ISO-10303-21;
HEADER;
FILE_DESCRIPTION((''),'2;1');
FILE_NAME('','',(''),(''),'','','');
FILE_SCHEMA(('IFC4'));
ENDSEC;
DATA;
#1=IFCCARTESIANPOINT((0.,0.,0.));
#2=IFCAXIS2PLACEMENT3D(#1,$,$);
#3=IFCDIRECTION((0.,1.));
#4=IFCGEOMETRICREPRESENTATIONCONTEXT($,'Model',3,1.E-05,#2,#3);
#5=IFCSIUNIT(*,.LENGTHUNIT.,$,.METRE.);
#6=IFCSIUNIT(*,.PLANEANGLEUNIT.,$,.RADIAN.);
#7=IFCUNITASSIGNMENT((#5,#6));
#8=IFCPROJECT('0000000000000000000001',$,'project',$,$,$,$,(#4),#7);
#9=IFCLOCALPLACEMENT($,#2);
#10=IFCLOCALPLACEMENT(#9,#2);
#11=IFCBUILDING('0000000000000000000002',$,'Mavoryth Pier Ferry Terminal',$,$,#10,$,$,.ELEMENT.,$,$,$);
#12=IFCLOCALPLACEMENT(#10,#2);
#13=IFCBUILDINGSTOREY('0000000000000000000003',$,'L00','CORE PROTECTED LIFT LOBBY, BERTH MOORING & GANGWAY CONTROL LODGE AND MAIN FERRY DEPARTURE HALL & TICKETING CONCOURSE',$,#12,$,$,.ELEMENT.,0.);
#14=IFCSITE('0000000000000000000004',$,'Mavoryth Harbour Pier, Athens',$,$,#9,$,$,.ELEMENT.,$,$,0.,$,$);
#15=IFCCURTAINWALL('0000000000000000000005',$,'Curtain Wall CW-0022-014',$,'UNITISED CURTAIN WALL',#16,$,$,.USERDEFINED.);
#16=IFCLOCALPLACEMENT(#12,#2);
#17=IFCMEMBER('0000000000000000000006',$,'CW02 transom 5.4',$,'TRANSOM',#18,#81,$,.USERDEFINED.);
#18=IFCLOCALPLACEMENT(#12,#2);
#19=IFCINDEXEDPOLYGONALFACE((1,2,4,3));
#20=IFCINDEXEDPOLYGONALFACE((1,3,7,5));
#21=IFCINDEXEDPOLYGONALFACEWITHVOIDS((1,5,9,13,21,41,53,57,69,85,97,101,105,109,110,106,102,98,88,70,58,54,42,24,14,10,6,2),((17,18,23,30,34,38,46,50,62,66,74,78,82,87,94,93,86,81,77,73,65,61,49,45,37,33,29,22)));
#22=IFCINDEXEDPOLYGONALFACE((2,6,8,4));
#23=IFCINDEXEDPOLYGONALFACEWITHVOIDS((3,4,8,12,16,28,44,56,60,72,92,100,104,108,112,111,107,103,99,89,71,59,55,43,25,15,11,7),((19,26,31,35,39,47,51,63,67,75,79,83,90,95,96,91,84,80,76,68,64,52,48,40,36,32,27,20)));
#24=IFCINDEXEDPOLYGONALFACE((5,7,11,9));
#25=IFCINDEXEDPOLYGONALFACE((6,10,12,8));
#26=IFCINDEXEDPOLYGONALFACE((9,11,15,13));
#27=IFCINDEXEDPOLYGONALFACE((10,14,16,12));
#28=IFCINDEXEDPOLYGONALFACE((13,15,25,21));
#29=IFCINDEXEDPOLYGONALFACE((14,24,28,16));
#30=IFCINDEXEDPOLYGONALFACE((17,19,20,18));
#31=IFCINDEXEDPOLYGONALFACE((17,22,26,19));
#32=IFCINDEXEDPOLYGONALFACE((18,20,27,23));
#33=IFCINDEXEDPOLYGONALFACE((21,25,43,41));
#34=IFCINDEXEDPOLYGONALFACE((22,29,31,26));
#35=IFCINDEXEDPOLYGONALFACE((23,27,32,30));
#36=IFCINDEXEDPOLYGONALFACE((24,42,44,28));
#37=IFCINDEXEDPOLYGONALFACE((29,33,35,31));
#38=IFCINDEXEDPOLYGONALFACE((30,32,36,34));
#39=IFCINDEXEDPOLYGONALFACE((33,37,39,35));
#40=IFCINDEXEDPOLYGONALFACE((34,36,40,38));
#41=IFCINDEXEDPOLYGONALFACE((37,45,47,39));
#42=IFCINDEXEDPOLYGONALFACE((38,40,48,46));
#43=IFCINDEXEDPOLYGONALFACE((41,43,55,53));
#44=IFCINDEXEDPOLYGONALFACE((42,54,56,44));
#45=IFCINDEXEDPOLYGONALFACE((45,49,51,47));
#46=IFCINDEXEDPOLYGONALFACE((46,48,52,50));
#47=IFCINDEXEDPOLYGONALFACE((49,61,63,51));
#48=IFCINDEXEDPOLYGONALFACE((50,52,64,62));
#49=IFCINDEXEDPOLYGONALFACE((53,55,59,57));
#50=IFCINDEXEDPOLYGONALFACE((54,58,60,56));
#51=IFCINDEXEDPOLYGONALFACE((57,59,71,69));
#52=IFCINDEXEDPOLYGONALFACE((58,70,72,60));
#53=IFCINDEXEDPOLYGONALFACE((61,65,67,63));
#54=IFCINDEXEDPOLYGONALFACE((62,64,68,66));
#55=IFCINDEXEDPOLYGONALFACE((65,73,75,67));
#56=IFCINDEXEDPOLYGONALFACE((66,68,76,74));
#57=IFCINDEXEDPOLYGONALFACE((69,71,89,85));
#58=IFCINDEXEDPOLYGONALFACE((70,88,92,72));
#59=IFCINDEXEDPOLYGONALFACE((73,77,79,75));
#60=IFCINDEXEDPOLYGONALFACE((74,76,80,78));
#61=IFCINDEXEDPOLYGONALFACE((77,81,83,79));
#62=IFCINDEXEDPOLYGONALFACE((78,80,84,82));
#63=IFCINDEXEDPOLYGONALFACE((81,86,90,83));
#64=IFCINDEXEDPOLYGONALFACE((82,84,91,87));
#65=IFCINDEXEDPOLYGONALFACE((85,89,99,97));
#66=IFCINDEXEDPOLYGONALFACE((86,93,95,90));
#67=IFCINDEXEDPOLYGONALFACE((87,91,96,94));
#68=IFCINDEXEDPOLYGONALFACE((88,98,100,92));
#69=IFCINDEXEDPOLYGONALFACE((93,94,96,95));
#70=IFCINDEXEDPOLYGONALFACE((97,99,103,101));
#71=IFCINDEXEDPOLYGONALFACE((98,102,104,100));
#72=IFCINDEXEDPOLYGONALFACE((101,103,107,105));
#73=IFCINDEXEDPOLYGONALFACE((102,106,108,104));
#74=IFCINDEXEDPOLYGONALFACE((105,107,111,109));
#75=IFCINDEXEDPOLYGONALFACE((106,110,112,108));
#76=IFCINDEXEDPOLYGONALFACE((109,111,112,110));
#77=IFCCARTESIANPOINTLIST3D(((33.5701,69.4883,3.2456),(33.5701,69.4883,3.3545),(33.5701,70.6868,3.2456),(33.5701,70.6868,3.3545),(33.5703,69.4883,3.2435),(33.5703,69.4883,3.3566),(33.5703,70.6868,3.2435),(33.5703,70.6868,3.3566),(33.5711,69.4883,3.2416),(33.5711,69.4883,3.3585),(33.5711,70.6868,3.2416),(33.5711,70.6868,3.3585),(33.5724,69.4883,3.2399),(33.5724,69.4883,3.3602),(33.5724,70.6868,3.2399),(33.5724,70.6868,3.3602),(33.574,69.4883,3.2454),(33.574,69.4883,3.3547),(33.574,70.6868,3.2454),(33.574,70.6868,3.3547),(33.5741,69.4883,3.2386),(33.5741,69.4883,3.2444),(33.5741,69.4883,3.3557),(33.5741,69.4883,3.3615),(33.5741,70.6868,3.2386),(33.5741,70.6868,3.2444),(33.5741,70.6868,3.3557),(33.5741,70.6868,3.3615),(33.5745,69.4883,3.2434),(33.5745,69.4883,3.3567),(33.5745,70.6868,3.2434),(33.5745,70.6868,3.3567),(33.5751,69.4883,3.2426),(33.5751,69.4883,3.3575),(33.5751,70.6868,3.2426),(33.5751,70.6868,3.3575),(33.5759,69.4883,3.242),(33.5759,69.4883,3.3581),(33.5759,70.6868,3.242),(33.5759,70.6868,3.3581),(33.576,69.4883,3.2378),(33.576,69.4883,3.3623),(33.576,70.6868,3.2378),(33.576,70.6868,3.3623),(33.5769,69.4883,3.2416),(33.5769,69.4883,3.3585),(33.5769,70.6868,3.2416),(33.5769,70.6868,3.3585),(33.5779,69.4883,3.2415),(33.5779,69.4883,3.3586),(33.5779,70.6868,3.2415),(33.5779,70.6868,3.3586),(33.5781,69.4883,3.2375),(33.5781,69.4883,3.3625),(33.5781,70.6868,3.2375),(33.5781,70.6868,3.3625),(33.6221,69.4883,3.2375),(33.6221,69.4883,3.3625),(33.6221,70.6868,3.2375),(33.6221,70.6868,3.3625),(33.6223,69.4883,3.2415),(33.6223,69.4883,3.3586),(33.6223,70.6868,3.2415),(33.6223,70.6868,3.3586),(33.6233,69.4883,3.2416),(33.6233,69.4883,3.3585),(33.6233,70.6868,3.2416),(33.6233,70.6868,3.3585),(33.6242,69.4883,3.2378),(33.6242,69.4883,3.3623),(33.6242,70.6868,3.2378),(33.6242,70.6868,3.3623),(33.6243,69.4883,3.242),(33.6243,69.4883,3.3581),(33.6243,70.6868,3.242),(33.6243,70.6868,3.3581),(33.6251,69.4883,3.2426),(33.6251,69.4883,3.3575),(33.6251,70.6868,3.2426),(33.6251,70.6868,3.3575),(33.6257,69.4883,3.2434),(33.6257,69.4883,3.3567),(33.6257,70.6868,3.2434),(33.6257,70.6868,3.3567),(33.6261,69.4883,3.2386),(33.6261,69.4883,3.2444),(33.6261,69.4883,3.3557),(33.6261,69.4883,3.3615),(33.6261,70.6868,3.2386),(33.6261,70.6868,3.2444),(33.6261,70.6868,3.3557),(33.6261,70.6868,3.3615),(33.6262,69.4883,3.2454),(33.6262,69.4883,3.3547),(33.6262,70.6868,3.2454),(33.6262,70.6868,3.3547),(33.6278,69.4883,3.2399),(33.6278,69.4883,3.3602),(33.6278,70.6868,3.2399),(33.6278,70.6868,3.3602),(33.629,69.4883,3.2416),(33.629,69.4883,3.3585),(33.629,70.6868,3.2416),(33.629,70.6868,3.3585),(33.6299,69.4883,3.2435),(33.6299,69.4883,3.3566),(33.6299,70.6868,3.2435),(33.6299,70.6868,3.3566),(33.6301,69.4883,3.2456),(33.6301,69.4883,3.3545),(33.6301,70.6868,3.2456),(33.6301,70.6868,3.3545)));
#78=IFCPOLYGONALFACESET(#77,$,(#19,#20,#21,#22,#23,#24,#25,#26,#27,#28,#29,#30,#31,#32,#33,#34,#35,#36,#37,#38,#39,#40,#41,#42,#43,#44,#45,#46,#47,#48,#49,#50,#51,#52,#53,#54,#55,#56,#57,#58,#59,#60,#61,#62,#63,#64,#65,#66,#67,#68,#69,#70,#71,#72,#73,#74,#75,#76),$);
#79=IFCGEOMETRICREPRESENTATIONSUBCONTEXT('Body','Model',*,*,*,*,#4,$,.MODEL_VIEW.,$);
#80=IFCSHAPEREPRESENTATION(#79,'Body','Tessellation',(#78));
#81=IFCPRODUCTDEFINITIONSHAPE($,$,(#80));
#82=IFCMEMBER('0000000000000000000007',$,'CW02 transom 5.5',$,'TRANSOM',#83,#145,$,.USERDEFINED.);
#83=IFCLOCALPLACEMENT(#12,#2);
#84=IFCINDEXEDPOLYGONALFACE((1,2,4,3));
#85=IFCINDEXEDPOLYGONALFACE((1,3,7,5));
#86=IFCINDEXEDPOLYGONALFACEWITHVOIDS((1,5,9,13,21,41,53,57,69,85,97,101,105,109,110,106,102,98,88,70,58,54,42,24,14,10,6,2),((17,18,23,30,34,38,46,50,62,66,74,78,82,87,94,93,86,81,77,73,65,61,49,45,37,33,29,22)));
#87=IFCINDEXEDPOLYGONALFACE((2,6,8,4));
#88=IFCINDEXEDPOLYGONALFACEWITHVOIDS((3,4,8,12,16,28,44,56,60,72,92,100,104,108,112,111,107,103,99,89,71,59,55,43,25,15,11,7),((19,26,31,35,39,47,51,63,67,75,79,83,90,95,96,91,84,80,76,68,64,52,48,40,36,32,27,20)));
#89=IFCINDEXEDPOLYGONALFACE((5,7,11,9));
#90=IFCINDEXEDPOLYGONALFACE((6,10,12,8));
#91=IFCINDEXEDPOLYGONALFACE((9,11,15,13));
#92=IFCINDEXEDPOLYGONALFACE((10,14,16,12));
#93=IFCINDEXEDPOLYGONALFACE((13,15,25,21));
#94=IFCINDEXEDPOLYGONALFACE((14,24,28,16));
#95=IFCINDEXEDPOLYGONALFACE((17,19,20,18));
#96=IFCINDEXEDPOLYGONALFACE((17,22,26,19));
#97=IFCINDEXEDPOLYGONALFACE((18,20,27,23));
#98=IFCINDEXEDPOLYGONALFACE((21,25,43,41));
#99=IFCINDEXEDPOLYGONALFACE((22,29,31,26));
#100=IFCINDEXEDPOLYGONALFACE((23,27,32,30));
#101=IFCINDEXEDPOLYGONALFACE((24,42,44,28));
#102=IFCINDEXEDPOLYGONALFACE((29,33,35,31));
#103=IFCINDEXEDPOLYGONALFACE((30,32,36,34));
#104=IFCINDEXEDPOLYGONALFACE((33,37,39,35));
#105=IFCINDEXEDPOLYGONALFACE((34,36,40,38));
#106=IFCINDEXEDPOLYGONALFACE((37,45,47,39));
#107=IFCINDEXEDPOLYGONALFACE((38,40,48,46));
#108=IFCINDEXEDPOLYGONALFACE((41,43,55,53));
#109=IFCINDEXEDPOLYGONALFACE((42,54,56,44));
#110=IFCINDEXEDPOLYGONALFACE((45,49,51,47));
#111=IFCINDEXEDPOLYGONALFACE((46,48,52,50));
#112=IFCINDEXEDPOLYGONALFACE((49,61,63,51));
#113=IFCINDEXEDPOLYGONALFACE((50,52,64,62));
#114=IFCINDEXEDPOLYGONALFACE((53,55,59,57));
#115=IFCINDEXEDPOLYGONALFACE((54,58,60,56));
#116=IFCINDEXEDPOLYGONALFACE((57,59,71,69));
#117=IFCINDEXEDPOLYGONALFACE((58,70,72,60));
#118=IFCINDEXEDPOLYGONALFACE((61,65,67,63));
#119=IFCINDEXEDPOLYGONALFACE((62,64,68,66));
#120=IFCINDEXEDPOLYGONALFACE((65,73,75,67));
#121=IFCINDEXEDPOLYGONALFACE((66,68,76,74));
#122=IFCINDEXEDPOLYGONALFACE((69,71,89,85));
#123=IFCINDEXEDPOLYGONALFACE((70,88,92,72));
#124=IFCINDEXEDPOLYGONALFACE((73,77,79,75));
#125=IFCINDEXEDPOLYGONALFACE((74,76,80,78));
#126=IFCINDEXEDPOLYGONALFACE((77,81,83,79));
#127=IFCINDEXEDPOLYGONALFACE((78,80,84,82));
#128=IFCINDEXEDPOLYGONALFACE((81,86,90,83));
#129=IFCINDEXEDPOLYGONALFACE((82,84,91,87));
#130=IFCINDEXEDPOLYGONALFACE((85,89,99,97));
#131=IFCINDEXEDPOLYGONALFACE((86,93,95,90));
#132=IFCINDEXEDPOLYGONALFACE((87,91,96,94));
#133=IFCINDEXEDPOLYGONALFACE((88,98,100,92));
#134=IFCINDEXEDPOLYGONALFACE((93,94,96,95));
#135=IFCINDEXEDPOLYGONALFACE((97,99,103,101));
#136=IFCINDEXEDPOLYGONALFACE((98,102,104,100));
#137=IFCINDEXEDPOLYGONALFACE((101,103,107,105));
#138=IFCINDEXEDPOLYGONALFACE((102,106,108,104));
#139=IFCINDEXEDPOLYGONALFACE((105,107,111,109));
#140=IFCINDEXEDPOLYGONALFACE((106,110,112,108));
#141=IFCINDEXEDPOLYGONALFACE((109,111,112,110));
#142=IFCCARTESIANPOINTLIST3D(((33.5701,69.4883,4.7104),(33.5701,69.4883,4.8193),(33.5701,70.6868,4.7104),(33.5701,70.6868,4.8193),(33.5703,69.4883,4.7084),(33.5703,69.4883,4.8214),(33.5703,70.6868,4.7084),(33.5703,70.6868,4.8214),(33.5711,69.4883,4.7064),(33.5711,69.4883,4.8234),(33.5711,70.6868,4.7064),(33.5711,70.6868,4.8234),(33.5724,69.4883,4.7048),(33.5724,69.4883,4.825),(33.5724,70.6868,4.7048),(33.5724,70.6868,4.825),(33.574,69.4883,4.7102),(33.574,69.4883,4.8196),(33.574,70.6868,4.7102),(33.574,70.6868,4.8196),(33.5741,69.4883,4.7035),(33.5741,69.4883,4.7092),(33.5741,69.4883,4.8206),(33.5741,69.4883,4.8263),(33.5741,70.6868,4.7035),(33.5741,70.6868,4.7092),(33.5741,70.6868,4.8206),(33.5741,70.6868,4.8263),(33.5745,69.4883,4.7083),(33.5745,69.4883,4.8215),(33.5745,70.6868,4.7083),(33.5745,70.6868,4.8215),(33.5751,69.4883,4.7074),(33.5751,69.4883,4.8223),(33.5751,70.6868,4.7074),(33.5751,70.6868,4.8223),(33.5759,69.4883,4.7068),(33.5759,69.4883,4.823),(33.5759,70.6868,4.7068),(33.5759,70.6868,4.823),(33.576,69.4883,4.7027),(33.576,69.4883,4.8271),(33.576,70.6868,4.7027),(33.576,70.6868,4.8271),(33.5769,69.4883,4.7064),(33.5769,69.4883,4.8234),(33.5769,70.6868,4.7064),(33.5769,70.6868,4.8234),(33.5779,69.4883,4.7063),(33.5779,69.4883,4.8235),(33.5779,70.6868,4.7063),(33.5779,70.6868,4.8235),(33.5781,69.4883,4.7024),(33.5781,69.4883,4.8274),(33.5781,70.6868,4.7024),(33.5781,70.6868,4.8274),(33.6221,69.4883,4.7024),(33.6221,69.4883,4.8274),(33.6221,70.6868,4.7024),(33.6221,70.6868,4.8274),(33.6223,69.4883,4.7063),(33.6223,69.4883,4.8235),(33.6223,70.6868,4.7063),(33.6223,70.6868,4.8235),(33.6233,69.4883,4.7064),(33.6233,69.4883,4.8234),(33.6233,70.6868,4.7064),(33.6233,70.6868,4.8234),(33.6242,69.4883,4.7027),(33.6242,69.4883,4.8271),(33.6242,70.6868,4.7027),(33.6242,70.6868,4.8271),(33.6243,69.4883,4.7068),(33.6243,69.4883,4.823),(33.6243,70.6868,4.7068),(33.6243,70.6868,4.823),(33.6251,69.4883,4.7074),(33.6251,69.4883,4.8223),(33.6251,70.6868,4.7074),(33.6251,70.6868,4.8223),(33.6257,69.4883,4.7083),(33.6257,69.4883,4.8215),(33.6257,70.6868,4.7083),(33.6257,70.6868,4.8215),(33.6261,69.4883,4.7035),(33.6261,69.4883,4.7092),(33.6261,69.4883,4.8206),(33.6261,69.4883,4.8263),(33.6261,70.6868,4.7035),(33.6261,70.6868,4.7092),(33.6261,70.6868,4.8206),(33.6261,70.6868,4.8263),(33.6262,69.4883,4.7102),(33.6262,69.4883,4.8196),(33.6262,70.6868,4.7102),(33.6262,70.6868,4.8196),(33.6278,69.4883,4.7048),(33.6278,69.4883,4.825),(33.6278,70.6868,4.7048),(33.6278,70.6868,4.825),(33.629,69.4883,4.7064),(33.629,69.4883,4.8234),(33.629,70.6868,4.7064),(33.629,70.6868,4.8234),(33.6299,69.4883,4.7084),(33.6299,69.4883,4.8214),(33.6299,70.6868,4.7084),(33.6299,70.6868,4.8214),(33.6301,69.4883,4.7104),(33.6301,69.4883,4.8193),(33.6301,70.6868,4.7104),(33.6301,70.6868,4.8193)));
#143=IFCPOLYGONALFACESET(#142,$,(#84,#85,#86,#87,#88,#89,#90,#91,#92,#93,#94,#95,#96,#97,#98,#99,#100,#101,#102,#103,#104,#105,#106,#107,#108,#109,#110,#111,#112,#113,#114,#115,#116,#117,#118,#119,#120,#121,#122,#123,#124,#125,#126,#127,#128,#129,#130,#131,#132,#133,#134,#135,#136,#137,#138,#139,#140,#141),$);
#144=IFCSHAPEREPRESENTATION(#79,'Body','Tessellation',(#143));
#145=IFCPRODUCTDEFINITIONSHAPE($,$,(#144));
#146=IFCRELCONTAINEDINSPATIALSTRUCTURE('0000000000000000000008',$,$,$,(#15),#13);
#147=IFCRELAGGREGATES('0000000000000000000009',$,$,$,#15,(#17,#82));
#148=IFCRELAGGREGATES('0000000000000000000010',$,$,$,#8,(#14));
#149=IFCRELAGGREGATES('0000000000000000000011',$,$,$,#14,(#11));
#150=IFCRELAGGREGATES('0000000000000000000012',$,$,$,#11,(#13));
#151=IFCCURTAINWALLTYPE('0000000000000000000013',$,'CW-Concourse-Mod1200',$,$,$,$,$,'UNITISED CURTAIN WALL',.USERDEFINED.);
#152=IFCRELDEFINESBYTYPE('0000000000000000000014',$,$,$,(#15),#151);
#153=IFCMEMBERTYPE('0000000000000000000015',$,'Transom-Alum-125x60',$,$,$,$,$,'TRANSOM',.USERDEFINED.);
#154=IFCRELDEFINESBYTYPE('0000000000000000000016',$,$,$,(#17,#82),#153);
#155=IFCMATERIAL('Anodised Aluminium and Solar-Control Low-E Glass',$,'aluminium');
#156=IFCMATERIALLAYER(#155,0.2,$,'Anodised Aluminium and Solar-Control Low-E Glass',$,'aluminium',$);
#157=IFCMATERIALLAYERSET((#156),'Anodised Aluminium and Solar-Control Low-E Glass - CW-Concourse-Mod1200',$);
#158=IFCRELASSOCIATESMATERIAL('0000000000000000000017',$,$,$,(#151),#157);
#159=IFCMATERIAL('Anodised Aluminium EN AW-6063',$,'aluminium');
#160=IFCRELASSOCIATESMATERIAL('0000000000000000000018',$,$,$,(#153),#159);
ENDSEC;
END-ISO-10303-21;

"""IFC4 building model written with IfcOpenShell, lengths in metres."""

from ifc_helpers import new_model, si_unit, direction, frame, origin, origin_2d, place, context, subcontext, project, spatial, hollow_rectangle, extrude, material, layer, layer_set, material_profile, profile_set, type_object, element, aggregate, save


model = new_model("IFC4")

# Units and contexts
model_context = context("Model", 3, precision=1e-05, world=origin(), true_north=direction((0.0, 1.0)))
body_context = subcontext(model_context, "Body", "Model", "MODEL_VIEW")
ifc_project = project(units=[si_unit("LENGTHUNIT", "METRE"), si_unit("PLANEANGLEUNIT", "RADIAN")], contexts=[model_context])

# Site, building, storey
site_placement = place(None, origin())
site = spatial("IfcSite", under=ifc_project, at=site_placement, Name="Mavoryth Harbour Pier, Athens", CompositionType="ELEMENT", RefElevation=0.0)
building_placement = place(site_placement, origin())
building = spatial("IfcBuilding", under=site, at=building_placement, Name="Mavoryth Pier Ferry Terminal", CompositionType="ELEMENT")
storey_placement = place(building_placement, origin())
storey = spatial("IfcBuildingStorey", under=building, at=storey_placement, Name="L00", Description="CORE PROTECTED LIFT LOBBY, BERTH MOORING & GANGWAY CONTROL LODGE AND MAIN FERRY DEPARTURE HALL & TICKETING CONCOURSE", CompositionType="ELEMENT", Elevation=0.0)

# Curtain wall
ifc_material_1 = material(Name="Anodised Aluminium and Solar-Control Low-E Glass", Category="aluminium")
ifc_layer_1 = layer(ifc_material_1, 0.2, Name="Anodised Aluminium and Solar-Control Low-E Glass", Category="aluminium")
ifc_layer_set_1 = layer_set([ifc_layer_1], Name="Anodised Aluminium and Solar-Control Low-E Glass - CW-Concourse-Mod1200")
curtain_wall_type = type_object("IfcCurtainWallType", Name="CW-Concourse-Mod1200", ElementType="UNITISED CURTAIN WALL", PredefinedType="USERDEFINED", material=ifc_layer_set_1)
curtain_wall_1_placement = place(storey_placement, origin())
curtain_wall_1 = element("IfcCurtainWall", 1, at=curtain_wall_1_placement, inside=storey, type_object=curtain_wall_type, Name="Curtain Wall CW-0022-014", ObjectType="UNITISED CURTAIN WALL", PredefinedType="USERDEFINED")
ifc_material_2 = material(Name="Anodised Aluminium EN AW-6063", Category="aluminium")

# Members
ifc_material_profile_1 = material_profile(ifc_material_2, hollow_rectangle(XDim=0.0601, YDim=0.125, WallThickness=0.0039, InnerFilletRadius=0.0039, OuterFilletRadius=0.0081, at=origin_2d()), Name="AL-TRAN 125x60x4", Category="aluminium")
ifc_profile_set_1 = profile_set([ifc_material_profile_1], Name="Anodised Aluminium EN AW-6063 - AL-TRAN 125x60x4")
member_type_1 = type_object("IfcMemberType", Name="Transom-Alum-125x60", ElementType="TRANSOM", PredefinedType="USERDEFINED", material=ifc_profile_set_1)
member_1_placement = place(storey_placement, frame((33.6001, 69.4883, 3.3), z_axis=(0.0, 1.0, 0.0), x_axis=(-1.0, 0.0, 0.0)))
member_1 = element("IfcMember", 2, at=member_1_placement, type_object=member_type_1, Name="CW02 transom 5.4", ObjectType="TRANSOM", PredefinedType="USERDEFINED", context=body_context, shape_type="SweptSolid", body=[
    extrude(hollow_rectangle(XDim=0.0601, YDim=0.125, WallThickness=0.0039, InnerFilletRadius=0.0039, OuterFilletRadius=0.0081, at=origin_2d()), origin(), (0.0, 0.0, 1.0), 1.1985),
])
member_2_placement = place(storey_placement, frame((33.6001, 69.4883, 4.7649), z_axis=(0.0, 1.0, 0.0), x_axis=(-1.0, 0.0, 0.0)))
member_2 = element("IfcMember", 3, at=member_2_placement, type_object=member_type_1, Name="CW02 transom 5.5", ObjectType="TRANSOM", PredefinedType="USERDEFINED", context=body_context, shape_type="SweptSolid", body=[
    extrude(hollow_rectangle(XDim=0.0601, YDim=0.125, WallThickness=0.0039, InnerFilletRadius=0.0039, OuterFilletRadius=0.0081, at=origin_2d()), origin(), (0.0, 0.0, 1.0), 1.1985),
])

aggregate(curtain_wall_1, [member_1, member_2])

save(model, "model.ifc")
